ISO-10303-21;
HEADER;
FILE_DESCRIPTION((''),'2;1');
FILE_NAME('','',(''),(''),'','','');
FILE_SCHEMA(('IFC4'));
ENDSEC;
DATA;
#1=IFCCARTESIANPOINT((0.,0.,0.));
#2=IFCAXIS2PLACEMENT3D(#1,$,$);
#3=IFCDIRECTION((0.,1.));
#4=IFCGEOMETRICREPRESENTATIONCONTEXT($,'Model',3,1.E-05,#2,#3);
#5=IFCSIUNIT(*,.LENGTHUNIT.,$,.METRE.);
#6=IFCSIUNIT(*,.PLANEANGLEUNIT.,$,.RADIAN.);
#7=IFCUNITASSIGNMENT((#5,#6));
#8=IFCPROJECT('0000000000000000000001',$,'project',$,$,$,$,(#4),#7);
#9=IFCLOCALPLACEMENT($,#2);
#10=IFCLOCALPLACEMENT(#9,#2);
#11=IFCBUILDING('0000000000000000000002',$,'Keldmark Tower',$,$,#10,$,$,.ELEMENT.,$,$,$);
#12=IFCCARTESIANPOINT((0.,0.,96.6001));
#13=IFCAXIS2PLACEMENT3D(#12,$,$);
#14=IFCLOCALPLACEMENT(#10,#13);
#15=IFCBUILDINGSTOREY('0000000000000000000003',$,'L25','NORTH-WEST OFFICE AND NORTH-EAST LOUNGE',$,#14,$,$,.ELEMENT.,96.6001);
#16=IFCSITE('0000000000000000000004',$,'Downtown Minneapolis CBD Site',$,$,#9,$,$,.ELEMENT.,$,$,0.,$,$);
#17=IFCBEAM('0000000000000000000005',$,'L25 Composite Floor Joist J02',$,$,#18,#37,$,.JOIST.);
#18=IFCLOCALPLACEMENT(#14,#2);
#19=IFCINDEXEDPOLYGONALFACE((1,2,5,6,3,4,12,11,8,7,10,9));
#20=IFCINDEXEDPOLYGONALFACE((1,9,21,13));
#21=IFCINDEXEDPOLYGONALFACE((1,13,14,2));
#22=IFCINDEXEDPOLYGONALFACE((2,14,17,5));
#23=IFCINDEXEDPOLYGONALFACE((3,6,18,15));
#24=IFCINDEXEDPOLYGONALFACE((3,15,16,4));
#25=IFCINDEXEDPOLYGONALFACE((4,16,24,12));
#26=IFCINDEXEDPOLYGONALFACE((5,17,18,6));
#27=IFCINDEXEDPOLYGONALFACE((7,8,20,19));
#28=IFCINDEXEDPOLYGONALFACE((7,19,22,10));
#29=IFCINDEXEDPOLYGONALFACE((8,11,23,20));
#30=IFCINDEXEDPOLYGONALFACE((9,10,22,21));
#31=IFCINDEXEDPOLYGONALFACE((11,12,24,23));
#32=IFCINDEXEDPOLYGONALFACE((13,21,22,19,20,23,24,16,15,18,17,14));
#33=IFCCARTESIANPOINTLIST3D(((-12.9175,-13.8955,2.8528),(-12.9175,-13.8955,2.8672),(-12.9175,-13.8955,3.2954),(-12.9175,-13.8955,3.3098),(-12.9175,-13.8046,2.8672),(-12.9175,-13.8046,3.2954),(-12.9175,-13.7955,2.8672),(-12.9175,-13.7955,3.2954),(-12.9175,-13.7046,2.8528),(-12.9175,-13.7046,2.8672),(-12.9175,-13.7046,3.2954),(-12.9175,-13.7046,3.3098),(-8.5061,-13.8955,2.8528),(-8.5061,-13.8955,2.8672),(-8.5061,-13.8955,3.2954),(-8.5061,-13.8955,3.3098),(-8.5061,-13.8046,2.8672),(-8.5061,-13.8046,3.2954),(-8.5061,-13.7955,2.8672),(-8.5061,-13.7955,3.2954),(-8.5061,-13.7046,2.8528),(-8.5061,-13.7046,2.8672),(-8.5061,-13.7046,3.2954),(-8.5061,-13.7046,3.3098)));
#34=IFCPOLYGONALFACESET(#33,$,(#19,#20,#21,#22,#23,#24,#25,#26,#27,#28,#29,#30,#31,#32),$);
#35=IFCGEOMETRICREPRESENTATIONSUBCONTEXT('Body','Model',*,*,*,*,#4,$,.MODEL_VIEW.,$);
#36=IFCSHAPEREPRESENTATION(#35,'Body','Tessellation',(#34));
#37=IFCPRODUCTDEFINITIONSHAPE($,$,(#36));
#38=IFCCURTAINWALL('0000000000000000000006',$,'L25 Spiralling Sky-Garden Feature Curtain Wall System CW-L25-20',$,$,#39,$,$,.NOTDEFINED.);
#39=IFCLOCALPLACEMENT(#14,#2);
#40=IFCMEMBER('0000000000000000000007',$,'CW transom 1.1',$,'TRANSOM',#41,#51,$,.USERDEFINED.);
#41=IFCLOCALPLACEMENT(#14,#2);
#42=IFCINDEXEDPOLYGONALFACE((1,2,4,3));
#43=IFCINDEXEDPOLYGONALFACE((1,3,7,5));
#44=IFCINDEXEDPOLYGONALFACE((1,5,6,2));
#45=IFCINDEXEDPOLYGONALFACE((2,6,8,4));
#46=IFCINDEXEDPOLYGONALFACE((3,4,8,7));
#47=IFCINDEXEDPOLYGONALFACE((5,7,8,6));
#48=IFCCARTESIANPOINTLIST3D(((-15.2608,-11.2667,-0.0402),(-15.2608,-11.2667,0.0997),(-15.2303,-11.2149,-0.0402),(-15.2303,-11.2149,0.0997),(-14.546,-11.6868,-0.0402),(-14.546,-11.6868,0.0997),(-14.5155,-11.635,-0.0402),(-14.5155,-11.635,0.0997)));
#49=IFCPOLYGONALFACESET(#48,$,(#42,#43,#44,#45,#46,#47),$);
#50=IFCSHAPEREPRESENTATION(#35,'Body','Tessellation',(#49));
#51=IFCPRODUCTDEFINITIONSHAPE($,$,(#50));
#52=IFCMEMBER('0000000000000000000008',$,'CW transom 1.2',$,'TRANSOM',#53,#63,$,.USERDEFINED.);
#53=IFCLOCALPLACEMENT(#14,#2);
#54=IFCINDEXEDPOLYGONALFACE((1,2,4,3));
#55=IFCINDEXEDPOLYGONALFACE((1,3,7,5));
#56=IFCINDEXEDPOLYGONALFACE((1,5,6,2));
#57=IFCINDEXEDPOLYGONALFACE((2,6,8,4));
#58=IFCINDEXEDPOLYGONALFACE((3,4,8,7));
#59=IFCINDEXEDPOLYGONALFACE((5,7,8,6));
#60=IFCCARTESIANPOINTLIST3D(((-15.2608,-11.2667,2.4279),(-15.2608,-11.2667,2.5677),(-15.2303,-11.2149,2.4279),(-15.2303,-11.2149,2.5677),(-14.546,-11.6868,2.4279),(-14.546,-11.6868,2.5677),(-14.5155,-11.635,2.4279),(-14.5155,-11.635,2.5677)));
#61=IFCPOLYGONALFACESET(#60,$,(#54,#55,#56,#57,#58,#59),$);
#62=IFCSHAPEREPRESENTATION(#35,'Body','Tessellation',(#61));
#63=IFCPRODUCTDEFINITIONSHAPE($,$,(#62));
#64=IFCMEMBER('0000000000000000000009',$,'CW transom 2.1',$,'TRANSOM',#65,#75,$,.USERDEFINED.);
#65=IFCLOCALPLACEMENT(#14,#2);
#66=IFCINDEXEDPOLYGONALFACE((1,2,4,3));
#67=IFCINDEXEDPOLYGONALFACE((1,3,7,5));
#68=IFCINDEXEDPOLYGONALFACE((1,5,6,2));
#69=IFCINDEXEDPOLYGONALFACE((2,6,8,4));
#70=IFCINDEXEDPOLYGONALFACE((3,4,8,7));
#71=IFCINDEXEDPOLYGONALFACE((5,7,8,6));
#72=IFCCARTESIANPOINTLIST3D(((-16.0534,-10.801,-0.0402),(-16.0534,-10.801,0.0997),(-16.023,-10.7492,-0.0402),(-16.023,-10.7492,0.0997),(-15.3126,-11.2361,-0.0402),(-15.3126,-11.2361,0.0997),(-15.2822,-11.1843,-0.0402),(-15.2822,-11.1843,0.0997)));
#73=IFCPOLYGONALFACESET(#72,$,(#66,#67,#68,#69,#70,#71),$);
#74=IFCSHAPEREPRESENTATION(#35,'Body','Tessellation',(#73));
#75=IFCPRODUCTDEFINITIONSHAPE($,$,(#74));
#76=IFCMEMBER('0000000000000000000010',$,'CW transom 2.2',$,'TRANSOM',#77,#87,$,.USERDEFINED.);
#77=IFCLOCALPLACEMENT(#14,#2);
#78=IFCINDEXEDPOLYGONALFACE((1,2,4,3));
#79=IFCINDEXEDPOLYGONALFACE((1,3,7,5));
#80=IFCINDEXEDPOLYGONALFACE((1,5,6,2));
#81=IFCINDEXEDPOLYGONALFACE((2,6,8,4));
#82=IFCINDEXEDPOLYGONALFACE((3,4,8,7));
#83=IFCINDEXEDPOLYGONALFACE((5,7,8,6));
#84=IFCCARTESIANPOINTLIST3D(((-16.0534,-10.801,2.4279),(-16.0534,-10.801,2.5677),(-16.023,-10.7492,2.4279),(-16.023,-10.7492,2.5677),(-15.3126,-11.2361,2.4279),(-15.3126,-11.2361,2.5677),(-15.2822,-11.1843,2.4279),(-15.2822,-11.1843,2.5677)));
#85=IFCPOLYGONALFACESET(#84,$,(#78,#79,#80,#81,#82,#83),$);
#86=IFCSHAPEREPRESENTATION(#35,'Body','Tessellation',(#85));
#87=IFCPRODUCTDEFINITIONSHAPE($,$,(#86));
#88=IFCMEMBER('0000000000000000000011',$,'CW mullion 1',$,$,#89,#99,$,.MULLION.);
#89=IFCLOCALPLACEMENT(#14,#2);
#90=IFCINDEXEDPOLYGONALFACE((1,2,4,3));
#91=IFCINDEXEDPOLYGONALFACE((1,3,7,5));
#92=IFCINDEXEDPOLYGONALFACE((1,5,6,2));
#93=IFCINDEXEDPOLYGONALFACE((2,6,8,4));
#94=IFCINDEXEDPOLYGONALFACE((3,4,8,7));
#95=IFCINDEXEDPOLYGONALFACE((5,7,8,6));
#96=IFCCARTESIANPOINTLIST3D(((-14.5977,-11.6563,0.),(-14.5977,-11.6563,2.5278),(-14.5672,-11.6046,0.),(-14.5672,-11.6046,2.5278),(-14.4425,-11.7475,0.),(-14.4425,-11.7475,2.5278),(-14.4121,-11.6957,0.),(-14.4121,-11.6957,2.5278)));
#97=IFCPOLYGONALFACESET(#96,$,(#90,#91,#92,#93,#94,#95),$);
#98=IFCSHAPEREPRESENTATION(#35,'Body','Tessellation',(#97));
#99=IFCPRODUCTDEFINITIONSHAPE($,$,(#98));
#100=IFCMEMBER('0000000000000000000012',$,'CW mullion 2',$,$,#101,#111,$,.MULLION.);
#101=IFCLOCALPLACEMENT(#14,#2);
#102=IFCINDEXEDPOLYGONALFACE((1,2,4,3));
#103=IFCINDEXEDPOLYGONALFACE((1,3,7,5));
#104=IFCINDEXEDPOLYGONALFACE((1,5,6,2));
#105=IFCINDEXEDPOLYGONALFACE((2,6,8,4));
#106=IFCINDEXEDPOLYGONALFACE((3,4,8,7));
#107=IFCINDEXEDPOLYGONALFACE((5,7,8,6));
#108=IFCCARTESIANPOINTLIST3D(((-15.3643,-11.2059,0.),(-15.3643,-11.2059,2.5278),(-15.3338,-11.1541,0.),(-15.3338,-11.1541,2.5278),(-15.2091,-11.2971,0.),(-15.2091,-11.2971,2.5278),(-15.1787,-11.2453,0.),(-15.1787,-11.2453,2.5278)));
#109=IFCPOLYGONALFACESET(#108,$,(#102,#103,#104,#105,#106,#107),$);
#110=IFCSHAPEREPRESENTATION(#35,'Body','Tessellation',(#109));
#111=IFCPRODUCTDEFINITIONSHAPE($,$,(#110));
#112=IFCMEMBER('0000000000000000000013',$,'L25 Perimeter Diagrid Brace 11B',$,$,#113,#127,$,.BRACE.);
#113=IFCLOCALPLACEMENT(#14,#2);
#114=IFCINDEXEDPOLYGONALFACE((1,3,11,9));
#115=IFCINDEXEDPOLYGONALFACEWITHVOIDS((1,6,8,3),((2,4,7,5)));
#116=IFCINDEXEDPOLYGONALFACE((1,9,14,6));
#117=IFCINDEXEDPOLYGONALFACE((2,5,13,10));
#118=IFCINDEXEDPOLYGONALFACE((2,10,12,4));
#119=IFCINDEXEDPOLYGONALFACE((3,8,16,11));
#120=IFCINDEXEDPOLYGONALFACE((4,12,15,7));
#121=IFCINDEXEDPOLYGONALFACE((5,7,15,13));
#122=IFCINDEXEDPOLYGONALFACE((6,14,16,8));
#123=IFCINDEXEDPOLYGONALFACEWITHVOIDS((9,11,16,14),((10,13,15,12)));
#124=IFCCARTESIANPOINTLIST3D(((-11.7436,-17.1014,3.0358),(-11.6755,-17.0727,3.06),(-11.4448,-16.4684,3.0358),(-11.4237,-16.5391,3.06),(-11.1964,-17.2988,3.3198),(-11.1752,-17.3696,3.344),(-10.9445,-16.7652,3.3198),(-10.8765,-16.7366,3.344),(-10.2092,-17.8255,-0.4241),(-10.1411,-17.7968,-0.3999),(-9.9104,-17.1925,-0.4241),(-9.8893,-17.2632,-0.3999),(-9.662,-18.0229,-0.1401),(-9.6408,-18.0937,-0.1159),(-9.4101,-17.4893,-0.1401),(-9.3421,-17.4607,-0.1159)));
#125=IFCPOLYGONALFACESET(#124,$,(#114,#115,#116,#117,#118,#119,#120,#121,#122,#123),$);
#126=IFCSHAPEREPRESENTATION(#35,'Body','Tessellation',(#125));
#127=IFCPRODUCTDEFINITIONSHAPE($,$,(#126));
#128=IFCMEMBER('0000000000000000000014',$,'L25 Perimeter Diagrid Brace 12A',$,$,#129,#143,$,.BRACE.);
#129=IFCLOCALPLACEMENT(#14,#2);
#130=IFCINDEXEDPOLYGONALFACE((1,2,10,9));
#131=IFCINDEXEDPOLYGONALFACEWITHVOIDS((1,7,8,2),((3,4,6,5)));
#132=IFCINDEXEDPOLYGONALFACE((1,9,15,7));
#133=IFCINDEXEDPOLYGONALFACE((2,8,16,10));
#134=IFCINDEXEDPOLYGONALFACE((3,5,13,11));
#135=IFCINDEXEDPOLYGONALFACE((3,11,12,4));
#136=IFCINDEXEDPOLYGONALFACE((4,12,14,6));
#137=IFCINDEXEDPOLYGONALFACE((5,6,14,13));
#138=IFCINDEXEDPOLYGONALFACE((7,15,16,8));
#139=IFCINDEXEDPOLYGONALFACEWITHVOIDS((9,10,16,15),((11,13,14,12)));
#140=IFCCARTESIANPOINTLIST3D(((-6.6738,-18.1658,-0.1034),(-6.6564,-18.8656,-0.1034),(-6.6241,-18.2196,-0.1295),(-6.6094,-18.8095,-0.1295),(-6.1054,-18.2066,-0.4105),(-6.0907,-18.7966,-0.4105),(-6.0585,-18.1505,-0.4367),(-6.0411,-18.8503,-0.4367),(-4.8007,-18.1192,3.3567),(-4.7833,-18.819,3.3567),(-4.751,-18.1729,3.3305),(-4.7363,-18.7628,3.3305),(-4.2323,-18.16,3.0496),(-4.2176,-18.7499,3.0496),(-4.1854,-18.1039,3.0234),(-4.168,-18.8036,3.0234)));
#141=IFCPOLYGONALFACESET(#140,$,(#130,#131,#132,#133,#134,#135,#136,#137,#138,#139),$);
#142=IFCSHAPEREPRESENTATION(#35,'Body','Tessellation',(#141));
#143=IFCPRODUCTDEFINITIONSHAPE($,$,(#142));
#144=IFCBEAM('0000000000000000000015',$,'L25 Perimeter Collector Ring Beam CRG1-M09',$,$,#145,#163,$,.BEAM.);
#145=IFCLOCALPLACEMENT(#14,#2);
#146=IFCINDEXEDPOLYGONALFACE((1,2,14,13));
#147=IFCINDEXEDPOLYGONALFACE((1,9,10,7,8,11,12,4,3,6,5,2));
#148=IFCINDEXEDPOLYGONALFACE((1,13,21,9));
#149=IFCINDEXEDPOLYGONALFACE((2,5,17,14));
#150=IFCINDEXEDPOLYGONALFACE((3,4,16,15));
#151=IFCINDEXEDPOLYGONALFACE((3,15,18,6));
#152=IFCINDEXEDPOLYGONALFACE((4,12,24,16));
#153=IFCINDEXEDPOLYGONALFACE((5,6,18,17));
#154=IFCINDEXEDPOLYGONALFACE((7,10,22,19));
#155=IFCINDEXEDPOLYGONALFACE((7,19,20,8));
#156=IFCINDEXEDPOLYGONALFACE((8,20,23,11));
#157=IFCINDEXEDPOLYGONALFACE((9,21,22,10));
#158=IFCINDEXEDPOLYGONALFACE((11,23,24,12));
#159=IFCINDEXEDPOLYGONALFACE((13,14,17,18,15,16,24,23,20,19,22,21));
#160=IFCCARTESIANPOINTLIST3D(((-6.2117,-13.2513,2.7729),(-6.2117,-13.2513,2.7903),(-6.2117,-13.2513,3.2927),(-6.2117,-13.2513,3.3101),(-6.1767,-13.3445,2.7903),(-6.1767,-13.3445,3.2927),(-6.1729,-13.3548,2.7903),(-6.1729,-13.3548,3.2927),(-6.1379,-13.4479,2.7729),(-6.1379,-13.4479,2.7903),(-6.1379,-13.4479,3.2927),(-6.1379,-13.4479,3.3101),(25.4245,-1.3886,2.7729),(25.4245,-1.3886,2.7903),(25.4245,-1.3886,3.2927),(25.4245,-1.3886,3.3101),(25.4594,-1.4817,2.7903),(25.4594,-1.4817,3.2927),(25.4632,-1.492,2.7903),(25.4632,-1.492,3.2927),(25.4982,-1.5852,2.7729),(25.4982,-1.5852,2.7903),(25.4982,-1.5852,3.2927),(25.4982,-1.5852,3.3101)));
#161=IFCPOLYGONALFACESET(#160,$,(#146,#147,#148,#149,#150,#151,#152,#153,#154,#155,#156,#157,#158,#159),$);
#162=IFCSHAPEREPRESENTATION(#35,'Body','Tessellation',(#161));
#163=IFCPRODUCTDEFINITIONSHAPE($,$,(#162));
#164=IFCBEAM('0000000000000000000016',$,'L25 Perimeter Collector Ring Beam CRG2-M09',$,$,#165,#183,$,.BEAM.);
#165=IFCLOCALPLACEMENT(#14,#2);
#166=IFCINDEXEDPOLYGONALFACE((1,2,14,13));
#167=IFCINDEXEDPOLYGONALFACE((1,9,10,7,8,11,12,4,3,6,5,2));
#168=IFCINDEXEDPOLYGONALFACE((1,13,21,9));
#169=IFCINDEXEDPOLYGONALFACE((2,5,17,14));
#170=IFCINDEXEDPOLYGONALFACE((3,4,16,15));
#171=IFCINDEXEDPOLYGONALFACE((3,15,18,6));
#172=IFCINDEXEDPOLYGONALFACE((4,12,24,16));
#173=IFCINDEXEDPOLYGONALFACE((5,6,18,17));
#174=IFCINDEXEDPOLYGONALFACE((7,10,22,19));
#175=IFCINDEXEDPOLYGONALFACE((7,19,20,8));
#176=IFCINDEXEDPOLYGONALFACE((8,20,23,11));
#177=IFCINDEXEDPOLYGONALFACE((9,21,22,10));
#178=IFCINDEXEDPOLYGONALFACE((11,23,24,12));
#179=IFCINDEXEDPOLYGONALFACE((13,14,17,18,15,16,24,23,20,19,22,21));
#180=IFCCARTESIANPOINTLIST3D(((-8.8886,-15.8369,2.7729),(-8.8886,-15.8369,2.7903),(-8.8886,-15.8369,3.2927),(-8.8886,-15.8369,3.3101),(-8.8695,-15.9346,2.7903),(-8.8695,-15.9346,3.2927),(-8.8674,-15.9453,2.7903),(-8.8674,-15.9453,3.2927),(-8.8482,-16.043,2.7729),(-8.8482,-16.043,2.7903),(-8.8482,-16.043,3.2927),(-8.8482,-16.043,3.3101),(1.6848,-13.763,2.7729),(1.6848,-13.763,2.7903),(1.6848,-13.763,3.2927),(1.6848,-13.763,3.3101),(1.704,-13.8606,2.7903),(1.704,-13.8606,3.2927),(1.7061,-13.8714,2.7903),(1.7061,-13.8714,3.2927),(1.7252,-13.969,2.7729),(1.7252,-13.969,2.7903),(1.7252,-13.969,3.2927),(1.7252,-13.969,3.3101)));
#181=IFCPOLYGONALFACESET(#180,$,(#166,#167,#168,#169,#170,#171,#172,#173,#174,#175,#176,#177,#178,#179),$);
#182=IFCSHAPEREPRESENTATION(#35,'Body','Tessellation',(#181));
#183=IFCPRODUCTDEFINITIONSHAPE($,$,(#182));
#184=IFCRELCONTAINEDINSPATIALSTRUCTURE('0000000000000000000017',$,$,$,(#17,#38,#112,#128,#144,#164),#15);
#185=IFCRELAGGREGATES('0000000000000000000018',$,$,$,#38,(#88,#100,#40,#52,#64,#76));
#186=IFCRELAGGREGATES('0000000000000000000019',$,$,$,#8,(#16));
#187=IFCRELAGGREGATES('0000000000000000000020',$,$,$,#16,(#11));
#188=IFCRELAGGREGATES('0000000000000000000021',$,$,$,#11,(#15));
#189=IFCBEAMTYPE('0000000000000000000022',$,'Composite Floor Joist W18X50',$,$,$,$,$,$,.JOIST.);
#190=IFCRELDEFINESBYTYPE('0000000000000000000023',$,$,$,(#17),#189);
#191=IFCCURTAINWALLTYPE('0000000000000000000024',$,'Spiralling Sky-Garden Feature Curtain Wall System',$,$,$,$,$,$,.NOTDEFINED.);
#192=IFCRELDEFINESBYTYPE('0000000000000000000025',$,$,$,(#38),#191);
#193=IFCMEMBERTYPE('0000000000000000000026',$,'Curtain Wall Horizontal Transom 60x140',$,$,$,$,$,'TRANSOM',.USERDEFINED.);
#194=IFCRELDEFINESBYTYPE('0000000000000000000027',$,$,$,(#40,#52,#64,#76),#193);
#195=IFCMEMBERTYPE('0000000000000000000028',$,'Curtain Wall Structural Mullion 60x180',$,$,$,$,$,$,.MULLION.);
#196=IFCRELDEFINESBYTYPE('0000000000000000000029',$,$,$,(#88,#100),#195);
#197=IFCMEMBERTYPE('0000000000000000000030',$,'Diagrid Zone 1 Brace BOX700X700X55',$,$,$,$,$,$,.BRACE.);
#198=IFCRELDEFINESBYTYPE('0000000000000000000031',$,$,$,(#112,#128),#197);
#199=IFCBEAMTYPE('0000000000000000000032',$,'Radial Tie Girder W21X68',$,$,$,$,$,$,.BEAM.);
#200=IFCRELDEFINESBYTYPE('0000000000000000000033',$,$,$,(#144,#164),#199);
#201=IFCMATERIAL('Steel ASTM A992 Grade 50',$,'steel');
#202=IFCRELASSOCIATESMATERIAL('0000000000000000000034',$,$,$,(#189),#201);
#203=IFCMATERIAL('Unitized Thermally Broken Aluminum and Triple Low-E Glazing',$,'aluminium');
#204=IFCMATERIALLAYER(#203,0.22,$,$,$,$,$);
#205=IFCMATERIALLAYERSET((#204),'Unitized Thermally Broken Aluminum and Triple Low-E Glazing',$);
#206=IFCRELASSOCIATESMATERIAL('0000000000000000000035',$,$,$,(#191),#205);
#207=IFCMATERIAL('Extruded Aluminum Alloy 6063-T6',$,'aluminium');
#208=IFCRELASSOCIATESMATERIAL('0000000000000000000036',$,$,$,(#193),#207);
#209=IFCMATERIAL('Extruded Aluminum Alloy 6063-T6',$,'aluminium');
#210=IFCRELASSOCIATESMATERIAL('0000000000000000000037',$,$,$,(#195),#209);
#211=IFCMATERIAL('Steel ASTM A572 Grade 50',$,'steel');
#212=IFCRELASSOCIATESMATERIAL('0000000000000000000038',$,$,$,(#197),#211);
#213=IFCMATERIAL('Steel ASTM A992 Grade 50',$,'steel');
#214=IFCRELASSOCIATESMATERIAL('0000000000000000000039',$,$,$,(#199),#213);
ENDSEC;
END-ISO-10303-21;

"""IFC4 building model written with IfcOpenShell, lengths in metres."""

from ifc_helpers import new_model, si_unit, direction, frame, origin, origin_2d, place, context, subcontext, project, spatial, rectangle, hollow_rectangle, i_section, extrude, material, layer, layer_set, material_profile, profile_set, type_object, element, aggregate, save


model = new_model("IFC4")

# Units and contexts
model_context = context("Model", 3, precision=1e-05, world=origin(), true_north=direction((0.0, 1.0)))
body_context = subcontext(model_context, "Body", "Model", "MODEL_VIEW")
ifc_project = project(units=[si_unit("LENGTHUNIT", "METRE"), si_unit("PLANEANGLEUNIT", "RADIAN")], contexts=[model_context])

# Site, building, storey
site_placement = place(None, origin())
site = spatial("IfcSite", under=ifc_project, at=site_placement, Name="Downtown Minneapolis CBD Site", CompositionType="ELEMENT", RefElevation=0.0)
building_placement = place(site_placement, origin())
building = spatial("IfcBuilding", under=site, at=building_placement, Name="Keldmark Tower", CompositionType="ELEMENT")
storey_placement = place(building_placement, frame((0.0, 0.0, 96.6001)))
storey = spatial("IfcBuildingStorey", under=building, at=storey_placement, Name="L25", Description="NORTH-WEST OFFICE AND NORTH-EAST LOUNGE", CompositionType="ELEMENT", Elevation=96.6001)

# Beam
ifc_material_1 = material(Name="Steel ASTM A992 Grade 50", Category="steel")
ifc_material_profile_1 = material_profile(ifc_material_1, i_section(OverallWidth=0.1909, OverallDepth=0.457, WebThickness=0.009, FlangeThickness=0.0144, at=origin_2d()), Name="W18X50")
ifc_profile_set_1 = profile_set([ifc_material_profile_1], Name="Steel ASTM A992 Grade 50")
beam_type_1 = type_object("IfcBeamType", Name="Composite Floor Joist W18X50", PredefinedType="JOIST", material=ifc_profile_set_1)
beam_1_placement = place(storey_placement, frame((-12.9175, -13.8, 3.0813), z_axis=(1.0, 0.0, 0.0), x_axis=(0.0, 1.0, 0.0)))
element("IfcBeam", 1, at=beam_1_placement, inside=storey, type_object=beam_type_1, Name="L25 Composite Floor Joist J02", PredefinedType="JOIST", context=body_context, shape_type="SweptSolid", body=[
    extrude(i_section(OverallWidth=0.1909, OverallDepth=0.457, WebThickness=0.009, FlangeThickness=0.0144, at=origin_2d()), origin(), (0.0, 0.0, 1.0), 4.4114),
])

# Curtain wall, members
ifc_material_2 = material(Name="Unitized Thermally Broken Aluminum and Triple Low-E Glazing", Category="aluminium")
ifc_layer_1 = layer(ifc_material_2, 0.22)
ifc_layer_set_1 = layer_set([ifc_layer_1], Name="Unitized Thermally Broken Aluminum and Triple Low-E Glazing")
curtain_wall_type = type_object("IfcCurtainWallType", Name="Spiralling Sky-Garden Feature Curtain Wall System", PredefinedType="NOTDEFINED", material=ifc_layer_set_1)
curtain_wall_placement = place(storey_placement, origin())
curtain_wall = element("IfcCurtainWall", 2, at=curtain_wall_placement, inside=storey, type_object=curtain_wall_type, Name="L25 Spiralling Sky-Garden Feature Curtain Wall System CW-L25-20", PredefinedType="NOTDEFINED")
ifc_material_3 = material(Name="Extruded Aluminum Alloy 6063-T6", Category="aluminium")
ifc_material_profile_2 = material_profile(ifc_material_3, rectangle(XDim=0.0601, YDim=0.1399, at=origin_2d()), Name="CWT60X140")
ifc_profile_set_2 = profile_set([ifc_material_profile_2], Name="Extruded Aluminum Alloy 6063-T6")
member_type_1 = type_object("IfcMemberType", Name="Curtain Wall Horizontal Transom 60x140", ElementType="TRANSOM", PredefinedType="USERDEFINED", material=ifc_profile_set_2)
member_1_placement = place(storey_placement, frame((-14.5308, -11.6609, 0.0298), z_axis=(-0.862108, 0.506724, 0.0), x_axis=(-0.506724, -0.862108, 0.0)))
member_1 = element("IfcMember", 3, at=member_1_placement, type_object=member_type_1, Name="CW transom 1.1", ObjectType="TRANSOM", PredefinedType="USERDEFINED", context=body_context, shape_type="SweptSolid", body=[
    extrude(rectangle(XDim=0.0601, YDim=0.1399, at=origin_2d()), origin(), (0.0, 0.0, 1.0), 0.8291),
])
member_2_placement = place(storey_placement, frame((-14.5308, -11.6609, 2.4978), z_axis=(-0.862108, 0.506724, 0.0), x_axis=(-0.506724, -0.862108, 0.0)))
member_2 = element("IfcMember", 4, at=member_2_placement, type_object=member_type_1, Name="CW transom 1.2", ObjectType="TRANSOM", PredefinedType="USERDEFINED", context=body_context, shape_type="SweptSolid", body=[
    extrude(rectangle(XDim=0.0601, YDim=0.1399, at=origin_2d()), origin(), (0.0, 0.0, 1.0), 0.8291),
])
member_3_placement = place(storey_placement, frame((-15.2974, -11.2102, 0.0298), z_axis=(-0.86227, 0.506449, 0.0), x_axis=(-0.506449, -0.86227, 0.0)))
member_3 = element("IfcMember", 5, at=member_3_placement, type_object=member_type_1, Name="CW transom 2.1", ObjectType="TRANSOM", PredefinedType="USERDEFINED", context=body_context, shape_type="SweptSolid", body=[
    extrude(rectangle(XDim=0.0601, YDim=0.1399, at=origin_2d()), origin(), (0.0, 0.0, 1.0), 0.8591),
])
member_4_placement = place(storey_placement, frame((-15.2974, -11.2102, 2.4978), z_axis=(-0.86227, 0.506449, 0.0), x_axis=(-0.506449, -0.86227, 0.0)))
member_4 = element("IfcMember", 6, at=member_4_placement, type_object=member_type_1, Name="CW transom 2.2", ObjectType="TRANSOM", PredefinedType="USERDEFINED", context=body_context, shape_type="SweptSolid", body=[
    extrude(rectangle(XDim=0.0601, YDim=0.1399, at=origin_2d()), origin(), (0.0, 0.0, 1.0), 0.8591),
])
ifc_material_4 = material(Name="Extruded Aluminum Alloy 6063-T6", Category="aluminium")
ifc_material_profile_3 = material_profile(ifc_material_4, rectangle(XDim=0.0601, YDim=0.1799, at=origin_2d()), Name="CWM60X180")
ifc_profile_set_3 = profile_set([ifc_material_profile_3], Name="Extruded Aluminum Alloy 6063-T6")
member_type_2 = type_object("IfcMemberType", Name="Curtain Wall Structural Mullion 60x180", PredefinedType="MULLION", material=ifc_profile_set_3)
member_5_placement = place(storey_placement, frame((-14.5049, -11.676, 0.0), z_axis=(0.0, 0.0, 1.0), x_axis=(-0.506662, -0.862145, 0.0)))
member_5 = element("IfcMember", 7, at=member_5_placement, type_object=member_type_2, Name="CW mullion 1", PredefinedType="MULLION", context=body_context, shape_type="SweptSolid", body=[
    extrude(rectangle(XDim=0.0601, YDim=0.1799, at=origin_2d()), origin(), (0.0, 0.0, 1.0), 2.5278),
])
member_6_placement = place(storey_placement, frame((-15.2715, -11.2256, 0.0), z_axis=(0.0, 0.0, 1.0), x_axis=(-0.506662, -0.862145, 0.0)))
member_6 = element("IfcMember", 8, at=member_6_placement, type_object=member_type_2, Name="CW mullion 2", PredefinedType="MULLION", context=body_context, shape_type="SweptSolid", body=[
    extrude(rectangle(XDim=0.0601, YDim=0.1799, at=origin_2d()), origin(), (0.0, 0.0, 1.0), 2.5278),
])

# Members
ifc_material_5 = material(Name="Steel ASTM A572 Grade 50", Category="steel")
ifc_material_profile_4 = material_profile(ifc_material_5, hollow_rectangle(XDim=0.7, YDim=0.7, WallThickness=0.0549, at=origin_2d()), Name="BOX700X700X55")
ifc_profile_set_4 = profile_set([ifc_material_profile_4], Name="Steel ASTM A572 Grade 50")
member_type_3 = type_object("IfcMemberType", Name="Diagrid Zone 1 Brace BOX700X700X55", PredefinedType="BRACE", material=ifc_profile_set_4)
member_7_placement = place(storey_placement, frame((-9.7756, -17.6431, -0.27), z_axis=(-0.398181, 0.187908, 0.897854), x_axis=(-0.426781, -0.904355, 0.0)))
element("IfcMember", 9, at=member_7_placement, inside=storey, type_object=member_type_3, Name="L25 Perimeter Diagrid Brace 11B", PredefinedType="BRACE", context=body_context, shape_type="SweptSolid", body=[
    extrude(hollow_rectangle(XDim=0.7, YDim=0.7, WallThickness=0.0549, at=origin_2d()), origin(), (0.0, 0.0, 1.0), 3.8535),
])
member_8_placement = place(storey_placement, frame((-6.3574, -18.5081, -0.27), z_axis=(0.476034, 0.011851, 0.879347), x_axis=(-0.024888, 0.99969, 0.0)))
element("IfcMember", 10, at=member_8_placement, inside=storey, type_object=member_type_3, Name="L25 Perimeter Diagrid Brace 12A", PredefinedType="BRACE", context=body_context, shape_type="SweptSolid", body=[
    extrude(hollow_rectangle(XDim=0.7, YDim=0.7, WallThickness=0.0549, at=origin_2d()), origin(), (0.0, 0.0, 1.0), 3.9348),
])

# Beams
ifc_material_6 = material(Name="Steel ASTM A992 Grade 50", Category="steel")
ifc_material_profile_5 = material_profile(ifc_material_6, i_section(OverallWidth=0.21, OverallDepth=0.5371, WebThickness=0.011, FlangeThickness=0.0173, at=origin_2d()), Name="W21X68")
ifc_profile_set_5 = profile_set([ifc_material_profile_5], Name="Steel ASTM A992 Grade 50")
beam_type_2 = type_object("IfcBeamType", Name="Radial Tie Girder W21X68", PredefinedType="BEAM", material=ifc_profile_set_5)
beam_2_placement = place(storey_placement, frame((-6.1748, -13.3496, 3.0415), z_axis=(0.936337, 0.351103, 0.0), x_axis=(-0.351103, 0.936337, 0.0)))
element("IfcBeam", 11, at=beam_2_placement, inside=storey, type_object=beam_type_2, Name="L25 Perimeter Collector Ring Beam CRG1-M09", PredefinedType="BEAM", context=body_context, shape_type="SweptSolid", body=[
    extrude(i_section(OverallWidth=0.21, OverallDepth=0.5371, WebThickness=0.011, FlangeThickness=0.0173, at=origin_2d()), origin(), (0.0, 0.0, 1.0), 33.7871),
])
beam_3_placement = place(storey_placement, frame((-8.8684, -15.9399, 3.0415), z_axis=(0.981301, 0.192481, 0.0), x_axis=(-0.192481, 0.981301, 0.0)))
element("IfcBeam", 12, at=beam_3_placement, inside=storey, type_object=beam_type_2, Name="L25 Perimeter Collector Ring Beam CRG2-M09", PredefinedType="BEAM", context=body_context, shape_type="SweptSolid", body=[
    extrude(i_section(OverallWidth=0.21, OverallDepth=0.5371, WebThickness=0.011, FlangeThickness=0.0173, at=origin_2d()), origin(), (0.0, 0.0, 1.0), 10.7749),
])

aggregate(curtain_wall, [member_5, member_6, member_1, member_2, member_3, member_4])

save(model, "model.ifc")
